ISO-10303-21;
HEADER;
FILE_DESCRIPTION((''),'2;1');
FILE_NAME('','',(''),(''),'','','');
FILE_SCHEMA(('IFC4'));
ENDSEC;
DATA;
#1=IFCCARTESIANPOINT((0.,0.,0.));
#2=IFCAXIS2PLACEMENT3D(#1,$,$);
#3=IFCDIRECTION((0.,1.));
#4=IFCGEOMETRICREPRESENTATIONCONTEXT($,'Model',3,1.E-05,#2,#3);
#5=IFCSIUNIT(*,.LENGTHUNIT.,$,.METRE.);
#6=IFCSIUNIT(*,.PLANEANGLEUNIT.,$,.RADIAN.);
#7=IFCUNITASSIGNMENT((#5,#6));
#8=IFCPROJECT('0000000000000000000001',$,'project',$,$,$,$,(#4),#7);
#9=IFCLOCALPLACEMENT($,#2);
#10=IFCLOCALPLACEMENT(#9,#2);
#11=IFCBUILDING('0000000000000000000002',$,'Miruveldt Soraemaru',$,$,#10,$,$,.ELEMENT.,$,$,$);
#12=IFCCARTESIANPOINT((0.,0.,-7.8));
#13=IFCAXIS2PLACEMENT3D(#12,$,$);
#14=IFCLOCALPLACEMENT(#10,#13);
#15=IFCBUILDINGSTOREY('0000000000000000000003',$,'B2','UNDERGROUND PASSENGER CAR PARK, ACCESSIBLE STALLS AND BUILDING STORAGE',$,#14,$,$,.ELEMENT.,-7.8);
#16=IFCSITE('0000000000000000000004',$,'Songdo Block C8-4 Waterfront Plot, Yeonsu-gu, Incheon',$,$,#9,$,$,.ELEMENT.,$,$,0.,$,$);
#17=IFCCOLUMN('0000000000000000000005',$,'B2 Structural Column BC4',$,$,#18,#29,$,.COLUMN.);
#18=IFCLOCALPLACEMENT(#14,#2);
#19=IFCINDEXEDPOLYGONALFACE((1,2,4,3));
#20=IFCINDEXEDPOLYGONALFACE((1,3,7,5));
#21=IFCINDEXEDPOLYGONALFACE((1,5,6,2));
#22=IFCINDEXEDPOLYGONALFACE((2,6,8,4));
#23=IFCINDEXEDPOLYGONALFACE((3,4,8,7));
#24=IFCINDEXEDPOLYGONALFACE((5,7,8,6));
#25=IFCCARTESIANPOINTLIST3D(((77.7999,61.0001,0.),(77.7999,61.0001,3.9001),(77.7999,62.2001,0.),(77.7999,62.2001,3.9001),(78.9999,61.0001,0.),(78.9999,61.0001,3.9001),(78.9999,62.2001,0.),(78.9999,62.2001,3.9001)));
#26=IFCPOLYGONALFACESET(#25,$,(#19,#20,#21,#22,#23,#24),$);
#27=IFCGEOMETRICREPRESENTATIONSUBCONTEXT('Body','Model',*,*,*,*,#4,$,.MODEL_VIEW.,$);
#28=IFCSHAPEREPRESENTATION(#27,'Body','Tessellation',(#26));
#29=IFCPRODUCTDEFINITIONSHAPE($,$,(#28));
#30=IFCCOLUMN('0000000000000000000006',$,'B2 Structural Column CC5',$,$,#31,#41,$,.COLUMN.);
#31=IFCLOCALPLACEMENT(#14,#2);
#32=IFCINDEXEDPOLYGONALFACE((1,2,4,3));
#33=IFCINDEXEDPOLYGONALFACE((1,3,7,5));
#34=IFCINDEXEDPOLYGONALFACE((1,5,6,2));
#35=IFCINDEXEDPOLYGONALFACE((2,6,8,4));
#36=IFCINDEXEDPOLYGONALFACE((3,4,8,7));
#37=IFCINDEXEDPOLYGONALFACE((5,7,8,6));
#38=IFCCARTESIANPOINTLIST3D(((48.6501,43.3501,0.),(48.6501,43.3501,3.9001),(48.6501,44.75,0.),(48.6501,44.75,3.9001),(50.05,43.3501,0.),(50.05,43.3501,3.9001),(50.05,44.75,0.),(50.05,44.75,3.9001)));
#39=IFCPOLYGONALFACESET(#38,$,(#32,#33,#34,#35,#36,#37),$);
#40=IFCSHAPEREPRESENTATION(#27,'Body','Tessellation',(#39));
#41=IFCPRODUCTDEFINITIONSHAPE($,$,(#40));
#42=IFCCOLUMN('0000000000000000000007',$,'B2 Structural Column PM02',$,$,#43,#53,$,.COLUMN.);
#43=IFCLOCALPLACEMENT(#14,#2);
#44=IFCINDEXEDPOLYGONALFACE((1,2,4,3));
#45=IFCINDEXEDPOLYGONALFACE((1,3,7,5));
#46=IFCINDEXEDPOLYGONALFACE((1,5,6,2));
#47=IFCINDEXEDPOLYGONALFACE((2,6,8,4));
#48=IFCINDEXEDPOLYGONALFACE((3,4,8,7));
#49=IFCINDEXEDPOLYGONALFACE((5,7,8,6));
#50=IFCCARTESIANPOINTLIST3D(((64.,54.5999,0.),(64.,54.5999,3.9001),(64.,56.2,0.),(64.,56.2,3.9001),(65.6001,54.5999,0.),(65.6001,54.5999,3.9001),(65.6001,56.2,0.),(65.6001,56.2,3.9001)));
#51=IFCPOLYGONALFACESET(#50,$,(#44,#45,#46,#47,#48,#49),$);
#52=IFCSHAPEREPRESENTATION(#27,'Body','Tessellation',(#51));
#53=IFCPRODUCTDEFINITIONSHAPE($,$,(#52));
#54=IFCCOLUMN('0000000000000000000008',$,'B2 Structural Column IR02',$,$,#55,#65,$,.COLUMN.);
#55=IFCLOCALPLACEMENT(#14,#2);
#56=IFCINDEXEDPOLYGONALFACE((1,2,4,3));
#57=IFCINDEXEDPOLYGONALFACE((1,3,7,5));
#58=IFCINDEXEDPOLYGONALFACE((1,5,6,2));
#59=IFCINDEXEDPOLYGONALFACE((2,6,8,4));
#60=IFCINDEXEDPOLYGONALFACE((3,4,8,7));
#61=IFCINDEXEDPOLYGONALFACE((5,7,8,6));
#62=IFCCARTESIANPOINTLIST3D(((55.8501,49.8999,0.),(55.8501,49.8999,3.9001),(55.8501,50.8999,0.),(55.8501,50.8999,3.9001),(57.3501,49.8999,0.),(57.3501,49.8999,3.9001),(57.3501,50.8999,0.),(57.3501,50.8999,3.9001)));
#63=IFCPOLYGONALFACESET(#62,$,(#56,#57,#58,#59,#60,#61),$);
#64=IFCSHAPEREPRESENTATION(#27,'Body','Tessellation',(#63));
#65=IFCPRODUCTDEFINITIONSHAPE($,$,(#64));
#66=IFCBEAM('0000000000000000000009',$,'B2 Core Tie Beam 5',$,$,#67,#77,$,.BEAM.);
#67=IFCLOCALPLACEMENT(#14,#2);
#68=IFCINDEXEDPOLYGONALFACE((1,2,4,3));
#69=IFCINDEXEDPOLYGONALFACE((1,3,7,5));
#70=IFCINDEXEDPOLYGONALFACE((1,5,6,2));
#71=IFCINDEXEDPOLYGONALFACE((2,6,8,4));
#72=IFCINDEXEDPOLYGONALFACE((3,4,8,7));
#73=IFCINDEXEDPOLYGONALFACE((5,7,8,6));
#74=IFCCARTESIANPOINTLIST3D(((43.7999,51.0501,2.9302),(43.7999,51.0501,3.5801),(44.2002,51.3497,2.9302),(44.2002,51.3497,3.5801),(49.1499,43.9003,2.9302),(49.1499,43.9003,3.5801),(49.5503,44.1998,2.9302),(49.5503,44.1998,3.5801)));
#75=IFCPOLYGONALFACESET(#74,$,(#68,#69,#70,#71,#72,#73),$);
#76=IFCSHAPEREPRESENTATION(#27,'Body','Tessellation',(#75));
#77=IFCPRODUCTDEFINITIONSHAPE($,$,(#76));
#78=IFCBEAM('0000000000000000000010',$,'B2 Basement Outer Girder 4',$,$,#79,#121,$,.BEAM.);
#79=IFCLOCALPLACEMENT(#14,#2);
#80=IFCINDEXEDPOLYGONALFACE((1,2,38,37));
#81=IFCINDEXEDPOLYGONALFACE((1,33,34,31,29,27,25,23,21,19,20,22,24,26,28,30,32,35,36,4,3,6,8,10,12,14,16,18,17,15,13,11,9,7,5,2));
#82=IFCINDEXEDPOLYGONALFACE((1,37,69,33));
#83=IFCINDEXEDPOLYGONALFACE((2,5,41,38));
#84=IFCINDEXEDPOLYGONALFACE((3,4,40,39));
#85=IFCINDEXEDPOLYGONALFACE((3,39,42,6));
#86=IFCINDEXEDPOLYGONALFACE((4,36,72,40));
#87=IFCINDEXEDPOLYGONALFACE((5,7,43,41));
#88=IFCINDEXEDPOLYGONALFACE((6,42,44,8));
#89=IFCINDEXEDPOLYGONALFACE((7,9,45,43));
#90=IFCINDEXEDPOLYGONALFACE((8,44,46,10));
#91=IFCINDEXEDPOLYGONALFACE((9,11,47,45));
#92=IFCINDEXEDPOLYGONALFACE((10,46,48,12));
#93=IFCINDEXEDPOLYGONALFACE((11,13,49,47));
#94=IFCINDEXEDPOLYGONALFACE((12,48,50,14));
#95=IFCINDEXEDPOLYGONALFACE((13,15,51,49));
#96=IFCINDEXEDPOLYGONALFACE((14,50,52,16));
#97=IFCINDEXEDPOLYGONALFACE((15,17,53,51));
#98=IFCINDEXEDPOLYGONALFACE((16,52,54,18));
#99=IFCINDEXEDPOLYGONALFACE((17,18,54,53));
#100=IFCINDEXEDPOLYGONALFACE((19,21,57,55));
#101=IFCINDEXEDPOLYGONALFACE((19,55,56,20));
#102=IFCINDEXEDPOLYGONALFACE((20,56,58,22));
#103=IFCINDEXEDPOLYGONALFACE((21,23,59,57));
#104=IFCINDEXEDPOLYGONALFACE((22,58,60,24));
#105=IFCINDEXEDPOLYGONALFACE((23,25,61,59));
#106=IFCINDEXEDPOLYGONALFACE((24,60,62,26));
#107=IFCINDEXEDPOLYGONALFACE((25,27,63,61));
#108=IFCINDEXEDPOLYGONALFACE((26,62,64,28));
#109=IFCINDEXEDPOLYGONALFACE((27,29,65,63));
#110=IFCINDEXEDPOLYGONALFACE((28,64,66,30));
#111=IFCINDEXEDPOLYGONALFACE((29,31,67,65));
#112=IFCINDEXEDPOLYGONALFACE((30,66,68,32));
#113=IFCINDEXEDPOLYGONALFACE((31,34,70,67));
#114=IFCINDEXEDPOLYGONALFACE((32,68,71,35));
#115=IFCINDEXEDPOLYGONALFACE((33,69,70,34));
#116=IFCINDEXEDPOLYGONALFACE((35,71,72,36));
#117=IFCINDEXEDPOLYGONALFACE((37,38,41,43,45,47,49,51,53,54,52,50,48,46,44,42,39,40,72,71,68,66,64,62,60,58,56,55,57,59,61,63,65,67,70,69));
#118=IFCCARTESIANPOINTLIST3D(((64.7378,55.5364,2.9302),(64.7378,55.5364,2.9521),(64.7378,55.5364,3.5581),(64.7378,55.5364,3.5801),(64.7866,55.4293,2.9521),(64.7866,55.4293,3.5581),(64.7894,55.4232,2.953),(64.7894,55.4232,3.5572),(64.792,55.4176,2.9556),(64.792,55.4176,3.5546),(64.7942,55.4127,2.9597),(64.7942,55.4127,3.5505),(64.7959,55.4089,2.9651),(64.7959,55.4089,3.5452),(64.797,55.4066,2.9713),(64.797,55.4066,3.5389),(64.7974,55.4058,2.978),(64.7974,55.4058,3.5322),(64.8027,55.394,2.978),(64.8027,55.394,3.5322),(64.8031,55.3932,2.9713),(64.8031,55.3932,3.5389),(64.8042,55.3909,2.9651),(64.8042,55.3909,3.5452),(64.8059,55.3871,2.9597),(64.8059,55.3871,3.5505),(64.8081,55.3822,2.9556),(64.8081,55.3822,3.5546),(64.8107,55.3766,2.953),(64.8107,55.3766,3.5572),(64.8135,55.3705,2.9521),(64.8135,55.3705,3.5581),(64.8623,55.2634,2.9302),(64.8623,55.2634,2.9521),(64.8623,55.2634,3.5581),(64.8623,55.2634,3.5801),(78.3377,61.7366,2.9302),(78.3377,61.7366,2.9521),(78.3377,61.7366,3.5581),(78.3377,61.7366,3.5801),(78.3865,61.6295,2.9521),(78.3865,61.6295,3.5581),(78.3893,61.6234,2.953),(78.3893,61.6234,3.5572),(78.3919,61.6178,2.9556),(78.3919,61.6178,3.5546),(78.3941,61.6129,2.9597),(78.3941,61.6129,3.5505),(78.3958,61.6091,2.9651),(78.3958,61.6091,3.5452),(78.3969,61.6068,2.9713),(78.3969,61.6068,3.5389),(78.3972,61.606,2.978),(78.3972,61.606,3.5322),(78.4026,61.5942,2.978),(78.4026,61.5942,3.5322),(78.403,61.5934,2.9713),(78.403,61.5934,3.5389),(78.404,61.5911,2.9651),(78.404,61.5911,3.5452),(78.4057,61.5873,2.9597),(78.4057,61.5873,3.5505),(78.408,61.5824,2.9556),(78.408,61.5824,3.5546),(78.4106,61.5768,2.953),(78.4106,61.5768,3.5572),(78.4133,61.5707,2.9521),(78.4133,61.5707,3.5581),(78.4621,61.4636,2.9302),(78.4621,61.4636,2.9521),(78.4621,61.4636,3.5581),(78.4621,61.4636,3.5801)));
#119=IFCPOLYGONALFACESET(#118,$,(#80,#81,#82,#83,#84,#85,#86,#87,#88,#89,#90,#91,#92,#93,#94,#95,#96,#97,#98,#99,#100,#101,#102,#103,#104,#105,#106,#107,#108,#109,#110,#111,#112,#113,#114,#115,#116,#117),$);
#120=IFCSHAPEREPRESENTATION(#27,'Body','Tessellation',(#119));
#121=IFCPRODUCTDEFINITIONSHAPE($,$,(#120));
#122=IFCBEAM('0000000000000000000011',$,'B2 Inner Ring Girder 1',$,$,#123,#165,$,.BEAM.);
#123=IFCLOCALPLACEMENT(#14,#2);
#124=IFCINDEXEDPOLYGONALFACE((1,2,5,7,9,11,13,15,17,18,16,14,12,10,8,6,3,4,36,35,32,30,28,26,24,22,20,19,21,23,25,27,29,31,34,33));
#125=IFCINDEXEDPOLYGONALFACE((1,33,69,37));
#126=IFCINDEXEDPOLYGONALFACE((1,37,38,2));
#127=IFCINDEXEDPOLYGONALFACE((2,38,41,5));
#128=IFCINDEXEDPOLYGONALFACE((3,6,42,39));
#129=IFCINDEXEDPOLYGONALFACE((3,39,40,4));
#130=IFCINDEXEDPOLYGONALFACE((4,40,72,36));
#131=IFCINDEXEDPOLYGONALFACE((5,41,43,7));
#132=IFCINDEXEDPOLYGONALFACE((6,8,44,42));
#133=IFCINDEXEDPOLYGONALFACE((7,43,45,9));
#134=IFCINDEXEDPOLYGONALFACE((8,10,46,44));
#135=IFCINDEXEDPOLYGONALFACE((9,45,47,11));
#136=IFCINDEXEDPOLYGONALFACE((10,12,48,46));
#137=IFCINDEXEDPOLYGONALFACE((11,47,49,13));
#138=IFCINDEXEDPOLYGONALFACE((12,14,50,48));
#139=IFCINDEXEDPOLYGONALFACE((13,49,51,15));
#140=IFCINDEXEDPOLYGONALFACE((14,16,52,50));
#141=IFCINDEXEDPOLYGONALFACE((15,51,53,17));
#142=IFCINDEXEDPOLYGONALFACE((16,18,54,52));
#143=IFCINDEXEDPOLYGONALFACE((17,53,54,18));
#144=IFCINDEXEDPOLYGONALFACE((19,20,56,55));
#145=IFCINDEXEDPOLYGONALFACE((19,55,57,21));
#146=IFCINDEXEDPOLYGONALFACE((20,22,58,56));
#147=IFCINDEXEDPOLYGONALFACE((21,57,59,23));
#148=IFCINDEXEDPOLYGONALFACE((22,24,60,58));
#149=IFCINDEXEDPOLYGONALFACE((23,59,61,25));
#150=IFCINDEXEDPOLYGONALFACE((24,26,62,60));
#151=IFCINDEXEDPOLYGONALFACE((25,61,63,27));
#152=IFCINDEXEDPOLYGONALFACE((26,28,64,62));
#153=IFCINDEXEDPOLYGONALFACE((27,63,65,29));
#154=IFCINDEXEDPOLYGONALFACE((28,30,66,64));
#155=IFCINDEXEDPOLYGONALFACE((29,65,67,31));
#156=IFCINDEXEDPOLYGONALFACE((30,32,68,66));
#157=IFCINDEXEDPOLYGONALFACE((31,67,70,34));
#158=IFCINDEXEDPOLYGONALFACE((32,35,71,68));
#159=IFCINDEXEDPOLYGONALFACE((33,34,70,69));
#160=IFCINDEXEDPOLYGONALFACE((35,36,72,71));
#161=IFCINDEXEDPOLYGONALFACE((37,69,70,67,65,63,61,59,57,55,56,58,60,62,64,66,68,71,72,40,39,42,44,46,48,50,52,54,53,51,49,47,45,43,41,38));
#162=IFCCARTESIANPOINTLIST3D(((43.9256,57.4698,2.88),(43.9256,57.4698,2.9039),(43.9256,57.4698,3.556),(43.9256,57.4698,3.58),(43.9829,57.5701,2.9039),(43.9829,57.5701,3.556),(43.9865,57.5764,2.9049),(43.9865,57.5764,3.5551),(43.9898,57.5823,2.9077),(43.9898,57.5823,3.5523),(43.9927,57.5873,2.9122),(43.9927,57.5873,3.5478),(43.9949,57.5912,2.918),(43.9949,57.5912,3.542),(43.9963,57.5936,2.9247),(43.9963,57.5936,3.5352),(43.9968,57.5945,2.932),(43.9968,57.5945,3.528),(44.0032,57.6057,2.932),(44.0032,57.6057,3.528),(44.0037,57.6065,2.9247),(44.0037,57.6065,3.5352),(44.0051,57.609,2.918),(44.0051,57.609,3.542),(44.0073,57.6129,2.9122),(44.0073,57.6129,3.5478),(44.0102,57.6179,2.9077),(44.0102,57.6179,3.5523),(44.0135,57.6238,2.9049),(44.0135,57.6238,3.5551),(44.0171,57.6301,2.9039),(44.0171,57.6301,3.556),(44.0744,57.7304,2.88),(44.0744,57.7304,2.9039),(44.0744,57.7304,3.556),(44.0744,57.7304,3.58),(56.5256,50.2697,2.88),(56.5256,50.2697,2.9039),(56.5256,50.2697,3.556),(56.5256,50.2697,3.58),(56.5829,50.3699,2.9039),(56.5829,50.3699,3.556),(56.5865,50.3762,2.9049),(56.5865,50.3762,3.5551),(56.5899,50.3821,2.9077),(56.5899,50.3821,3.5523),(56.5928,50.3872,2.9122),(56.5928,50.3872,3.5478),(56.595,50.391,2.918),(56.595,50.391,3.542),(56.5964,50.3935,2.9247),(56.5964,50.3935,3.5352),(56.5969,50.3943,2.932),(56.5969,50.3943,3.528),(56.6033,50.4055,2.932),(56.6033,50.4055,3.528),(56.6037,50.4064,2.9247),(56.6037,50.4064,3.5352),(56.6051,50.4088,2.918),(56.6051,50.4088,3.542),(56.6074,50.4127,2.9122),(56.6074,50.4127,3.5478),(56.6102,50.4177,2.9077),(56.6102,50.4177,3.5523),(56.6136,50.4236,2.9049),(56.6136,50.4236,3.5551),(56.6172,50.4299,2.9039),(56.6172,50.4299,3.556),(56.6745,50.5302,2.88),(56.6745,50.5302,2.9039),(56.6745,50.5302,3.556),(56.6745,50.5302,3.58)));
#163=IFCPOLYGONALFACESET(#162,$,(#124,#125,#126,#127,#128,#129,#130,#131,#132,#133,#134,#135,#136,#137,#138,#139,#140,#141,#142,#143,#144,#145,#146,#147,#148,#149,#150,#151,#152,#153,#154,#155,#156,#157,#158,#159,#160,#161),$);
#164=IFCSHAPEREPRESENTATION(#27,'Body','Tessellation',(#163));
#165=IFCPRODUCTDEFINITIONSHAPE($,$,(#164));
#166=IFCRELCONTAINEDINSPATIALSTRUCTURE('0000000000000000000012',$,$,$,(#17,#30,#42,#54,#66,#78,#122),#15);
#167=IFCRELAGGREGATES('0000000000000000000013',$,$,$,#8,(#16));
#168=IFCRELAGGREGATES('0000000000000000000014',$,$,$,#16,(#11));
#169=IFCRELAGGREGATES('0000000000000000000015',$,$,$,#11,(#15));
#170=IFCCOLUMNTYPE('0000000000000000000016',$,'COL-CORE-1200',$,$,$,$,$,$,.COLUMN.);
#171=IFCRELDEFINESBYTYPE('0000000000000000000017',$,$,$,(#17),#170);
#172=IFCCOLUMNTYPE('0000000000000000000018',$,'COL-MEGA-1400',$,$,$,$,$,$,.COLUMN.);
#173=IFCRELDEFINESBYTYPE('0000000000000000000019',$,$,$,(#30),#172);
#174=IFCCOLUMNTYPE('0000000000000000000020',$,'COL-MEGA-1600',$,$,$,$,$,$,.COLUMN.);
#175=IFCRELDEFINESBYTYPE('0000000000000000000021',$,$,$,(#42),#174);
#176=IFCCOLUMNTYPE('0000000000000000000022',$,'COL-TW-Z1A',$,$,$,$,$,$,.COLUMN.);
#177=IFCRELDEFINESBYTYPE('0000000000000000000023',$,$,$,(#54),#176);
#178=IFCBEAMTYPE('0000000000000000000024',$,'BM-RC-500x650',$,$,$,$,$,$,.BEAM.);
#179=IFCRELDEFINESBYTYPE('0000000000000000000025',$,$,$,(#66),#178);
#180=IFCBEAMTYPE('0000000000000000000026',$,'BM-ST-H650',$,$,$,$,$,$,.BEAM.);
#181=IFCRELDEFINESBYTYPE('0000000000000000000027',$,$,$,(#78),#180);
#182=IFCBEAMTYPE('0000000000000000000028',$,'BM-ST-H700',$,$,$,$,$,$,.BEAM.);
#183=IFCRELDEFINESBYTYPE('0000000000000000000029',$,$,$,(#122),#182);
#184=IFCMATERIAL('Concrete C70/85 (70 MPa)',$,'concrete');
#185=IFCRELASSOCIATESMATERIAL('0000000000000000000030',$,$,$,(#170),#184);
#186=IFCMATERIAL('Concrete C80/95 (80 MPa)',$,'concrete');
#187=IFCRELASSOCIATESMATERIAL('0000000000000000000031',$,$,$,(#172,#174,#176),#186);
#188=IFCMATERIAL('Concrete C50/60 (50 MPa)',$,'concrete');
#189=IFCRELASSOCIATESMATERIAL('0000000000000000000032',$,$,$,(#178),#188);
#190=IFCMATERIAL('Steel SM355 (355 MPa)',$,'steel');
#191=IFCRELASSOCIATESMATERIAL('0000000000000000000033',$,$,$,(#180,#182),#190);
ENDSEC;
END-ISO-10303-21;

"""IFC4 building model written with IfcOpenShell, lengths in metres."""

from ifc_helpers import new_model, si_unit, direction, frame, origin, origin_2d, place, context, subcontext, project, spatial, rectangle, i_section, extrude, material, material_profile, profile_set, type_object, element, save


model = new_model("IFC4")

# Units and contexts
model_context = context("Model", 3, precision=1e-05, world=origin(), true_north=direction((0.0, 1.0)))
body_context = subcontext(model_context, "Body", "Model", "MODEL_VIEW")
ifc_project = project(units=[si_unit("LENGTHUNIT", "METRE"), si_unit("PLANEANGLEUNIT", "RADIAN")], contexts=[model_context])

# Site, building, storey
site_placement = place(None, origin())
site = spatial("IfcSite", under=ifc_project, at=site_placement, Name="Songdo Block C8-4 Waterfront Plot, Yeonsu-gu, Incheon", CompositionType="ELEMENT", RefElevation=0.0)
building_placement = place(site_placement, origin())
building = spatial("IfcBuilding", under=site, at=building_placement, Name="Miruveldt Soraemaru", CompositionType="ELEMENT")
storey_placement = place(building_placement, frame((0.0, 0.0, -7.8)))
storey = spatial("IfcBuildingStorey", under=building, at=storey_placement, Name="B2", Description="UNDERGROUND PASSENGER CAR PARK, ACCESSIBLE STALLS AND BUILDING STORAGE", CompositionType="ELEMENT", Elevation=-7.8)

# Columns
ifc_material_1 = material(Name="Concrete C70/85 (70 MPa)", Category="concrete")
ifc_material_profile_1 = material_profile(ifc_material_1, rectangle(XDim=1.2, YDim=1.2, at=origin_2d()), Name="Concrete C70/85 (70 MPa)", Category="concrete")
ifc_profile_set_1 = profile_set([ifc_material_profile_1], Name="Concrete C70/85 (70 MPa)")
column_type_1 = type_object("IfcColumnType", Name="COL-CORE-1200", PredefinedType="COLUMN", material=ifc_profile_set_1)
column_1_placement = place(storey_placement, frame((78.3999, 61.6001, 0.0), z_axis=(0.0, 0.0, 1.0), x_axis=(1.0, 0.0, 0.0)))
element("IfcColumn", 1, at=column_1_placement, inside=storey, type_object=column_type_1, Name="B2 Structural Column BC4", PredefinedType="COLUMN", context=body_context, shape_type="SweptSolid", body=[
    extrude(rectangle(XDim=1.2, YDim=1.2, at=origin_2d()), origin(), (0.0, 0.0, 1.0), 3.9001),
])
ifc_material_2 = material(Name="Concrete C80/95 (80 MPa)", Category="concrete")
ifc_material_profile_2 = material_profile(ifc_material_2, rectangle(XDim=1.3999, YDim=1.3999, at=origin_2d()), Name="Concrete C80/95 (80 MPa)", Category="concrete")
ifc_profile_set_2 = profile_set([ifc_material_profile_2], Name="Concrete C80/95 (80 MPa)")
column_type_2 = type_object("IfcColumnType", Name="COL-MEGA-1400", PredefinedType="COLUMN", material=ifc_profile_set_2)
column_2_placement = place(storey_placement, frame((49.3501, 44.05, 0.0), z_axis=(0.0, 0.0, 1.0), x_axis=(1.0, 0.0, 0.0)))
element("IfcColumn", 2, at=column_2_placement, inside=storey, type_object=column_type_2, Name="B2 Structural Column CC5", PredefinedType="COLUMN", context=body_context, shape_type="SweptSolid", body=[
    extrude(rectangle(XDim=1.3999, YDim=1.3999, at=origin_2d()), origin(), (0.0, 0.0, 1.0), 3.9001),
])
ifc_material_profile_3 = material_profile(ifc_material_2, rectangle(XDim=1.6001, YDim=1.6001, at=origin_2d()), Name="Concrete C80/95 (80 MPa)", Category="concrete")
ifc_profile_set_3 = profile_set([ifc_material_profile_3], Name="Concrete C80/95 (80 MPa)")
column_type_3 = type_object("IfcColumnType", Name="COL-MEGA-1600", PredefinedType="COLUMN", material=ifc_profile_set_3)
column_3_placement = place(storey_placement, frame((64.8, 55.3999, 0.0), z_axis=(0.0, 0.0, 1.0), x_axis=(1.0, 0.0, 0.0)))
element("IfcColumn", 3, at=column_3_placement, inside=storey, type_object=column_type_3, Name="B2 Structural Column PM02", PredefinedType="COLUMN", context=body_context, shape_type="SweptSolid", body=[
    extrude(rectangle(XDim=1.6001, YDim=1.6001, at=origin_2d()), origin(), (0.0, 0.0, 1.0), 3.9001),
])
ifc_material_profile_4 = material_profile(ifc_material_2, rectangle(XDim=1.5, YDim=1.0, at=origin_2d()), Name="Concrete C80/95 (80 MPa)", Category="concrete")
ifc_profile_set_4 = profile_set([ifc_material_profile_4], Name="Concrete C80/95 (80 MPa)")
column_type_4 = type_object("IfcColumnType", Name="COL-TW-Z1A", PredefinedType="COLUMN", material=ifc_profile_set_4)
column_4_placement = place(storey_placement, frame((56.6001, 50.3999, 0.0), z_axis=(0.0, 0.0, 1.0), x_axis=(1.0, 0.0, 0.0)))
element("IfcColumn", 4, at=column_4_placement, inside=storey, type_object=column_type_4, Name="B2 Structural Column IR02", PredefinedType="COLUMN", context=body_context, shape_type="SweptSolid", body=[
    extrude(rectangle(XDim=1.5, YDim=1.0, at=origin_2d()), origin(), (0.0, 0.0, 1.0), 3.9001),
])

# Beams
ifc_material_3 = material(Name="Concrete C50/60 (50 MPa)", Category="concrete")
ifc_material_profile_5 = material_profile(ifc_material_3, rectangle(XDim=0.5, YDim=0.6499, at=origin_2d()), Name="Concrete C50/60 (50 MPa)", Category="concrete")
ifc_profile_set_5 = profile_set([ifc_material_profile_5], Name="Concrete C50/60 (50 MPa)")
beam_type_1 = type_object("IfcBeamType", Name="BM-RC-500x650", PredefinedType="BEAM", material=ifc_profile_set_5)
beam_1_placement = place(storey_placement, frame((49.3501, 44.05, 3.2551), z_axis=(-0.599116, 0.800662, 0.0), x_axis=(-0.800662, -0.599116, 0.0)))
element("IfcBeam", 5, at=beam_1_placement, inside=storey, type_object=beam_type_1, Name="B2 Core Tie Beam 5", PredefinedType="BEAM", context=body_context, shape_type="SweptSolid", body=[
    extrude(rectangle(XDim=0.5, YDim=0.6499, at=origin_2d()), origin(), (0.0, 0.0, 1.0), 8.9299),
])
ifc_material_4 = material(Name="Steel SM355 (355 MPa)", Category="steel")
ifc_material_profile_6 = material_profile(ifc_material_4, i_section(OverallWidth=0.3, OverallDepth=0.6499, WebThickness=0.0129, FlangeThickness=0.022, FilletRadius=0.0259, at=origin_2d()), Name="Steel SM355 (355 MPa)", Category="steel")
ifc_profile_set_6 = profile_set([ifc_material_profile_6], Name="Steel SM355 (355 MPa)")
beam_type_2 = type_object("IfcBeamType", Name="BM-ST-H650", PredefinedType="BEAM", material=ifc_profile_set_6)
beam_2_placement = place(storey_placement, frame((64.8, 55.3999, 3.2551), z_axis=(0.909901, 0.414825, 0.0), x_axis=(-0.414825, 0.909901, 0.0)))
element("IfcBeam", 6, at=beam_2_placement, inside=storey, type_object=beam_type_2, Name="B2 Basement Outer Girder 4", PredefinedType="BEAM", context=body_context, shape_type="SweptSolid", body=[
    extrude(i_section(OverallWidth=0.3, OverallDepth=0.6499, WebThickness=0.0129, FlangeThickness=0.022, FilletRadius=0.0259, at=origin_2d()), origin(), (0.0, 0.0, 1.0), 14.9465),
])
ifc_material_profile_7 = material_profile(ifc_material_4, i_section(OverallWidth=0.3, OverallDepth=0.7, WebThickness=0.0129, FlangeThickness=0.0239, FilletRadius=0.0281, at=origin_2d()), Name="Steel SM355 (355 MPa)", Category="steel")
ifc_profile_set_7 = profile_set([ifc_material_profile_7], Name="Steel SM355 (355 MPa)")
beam_type_3 = type_object("IfcBeamType", Name="BM-ST-H700", PredefinedType="BEAM", material=ifc_profile_set_7)
beam_3_placement = place(storey_placement, frame((44.0, 57.6001, 3.23), z_axis=(0.868239, -0.496146, 0.0), x_axis=(0.496146, 0.868239, 0.0)))
element("IfcBeam", 7, at=beam_3_placement, inside=storey, type_object=beam_type_3, Name="B2 Inner Ring Girder 1", PredefinedType="BEAM", context=body_context, shape_type="SweptSolid", body=[
    extrude(i_section(OverallWidth=0.3, OverallDepth=0.7, WebThickness=0.0129, FlangeThickness=0.0239, FilletRadius=0.0281, at=origin_2d()), origin(), (0.0, 0.0, 1.0), 14.5122),
])

save(model, "model.ifc")
